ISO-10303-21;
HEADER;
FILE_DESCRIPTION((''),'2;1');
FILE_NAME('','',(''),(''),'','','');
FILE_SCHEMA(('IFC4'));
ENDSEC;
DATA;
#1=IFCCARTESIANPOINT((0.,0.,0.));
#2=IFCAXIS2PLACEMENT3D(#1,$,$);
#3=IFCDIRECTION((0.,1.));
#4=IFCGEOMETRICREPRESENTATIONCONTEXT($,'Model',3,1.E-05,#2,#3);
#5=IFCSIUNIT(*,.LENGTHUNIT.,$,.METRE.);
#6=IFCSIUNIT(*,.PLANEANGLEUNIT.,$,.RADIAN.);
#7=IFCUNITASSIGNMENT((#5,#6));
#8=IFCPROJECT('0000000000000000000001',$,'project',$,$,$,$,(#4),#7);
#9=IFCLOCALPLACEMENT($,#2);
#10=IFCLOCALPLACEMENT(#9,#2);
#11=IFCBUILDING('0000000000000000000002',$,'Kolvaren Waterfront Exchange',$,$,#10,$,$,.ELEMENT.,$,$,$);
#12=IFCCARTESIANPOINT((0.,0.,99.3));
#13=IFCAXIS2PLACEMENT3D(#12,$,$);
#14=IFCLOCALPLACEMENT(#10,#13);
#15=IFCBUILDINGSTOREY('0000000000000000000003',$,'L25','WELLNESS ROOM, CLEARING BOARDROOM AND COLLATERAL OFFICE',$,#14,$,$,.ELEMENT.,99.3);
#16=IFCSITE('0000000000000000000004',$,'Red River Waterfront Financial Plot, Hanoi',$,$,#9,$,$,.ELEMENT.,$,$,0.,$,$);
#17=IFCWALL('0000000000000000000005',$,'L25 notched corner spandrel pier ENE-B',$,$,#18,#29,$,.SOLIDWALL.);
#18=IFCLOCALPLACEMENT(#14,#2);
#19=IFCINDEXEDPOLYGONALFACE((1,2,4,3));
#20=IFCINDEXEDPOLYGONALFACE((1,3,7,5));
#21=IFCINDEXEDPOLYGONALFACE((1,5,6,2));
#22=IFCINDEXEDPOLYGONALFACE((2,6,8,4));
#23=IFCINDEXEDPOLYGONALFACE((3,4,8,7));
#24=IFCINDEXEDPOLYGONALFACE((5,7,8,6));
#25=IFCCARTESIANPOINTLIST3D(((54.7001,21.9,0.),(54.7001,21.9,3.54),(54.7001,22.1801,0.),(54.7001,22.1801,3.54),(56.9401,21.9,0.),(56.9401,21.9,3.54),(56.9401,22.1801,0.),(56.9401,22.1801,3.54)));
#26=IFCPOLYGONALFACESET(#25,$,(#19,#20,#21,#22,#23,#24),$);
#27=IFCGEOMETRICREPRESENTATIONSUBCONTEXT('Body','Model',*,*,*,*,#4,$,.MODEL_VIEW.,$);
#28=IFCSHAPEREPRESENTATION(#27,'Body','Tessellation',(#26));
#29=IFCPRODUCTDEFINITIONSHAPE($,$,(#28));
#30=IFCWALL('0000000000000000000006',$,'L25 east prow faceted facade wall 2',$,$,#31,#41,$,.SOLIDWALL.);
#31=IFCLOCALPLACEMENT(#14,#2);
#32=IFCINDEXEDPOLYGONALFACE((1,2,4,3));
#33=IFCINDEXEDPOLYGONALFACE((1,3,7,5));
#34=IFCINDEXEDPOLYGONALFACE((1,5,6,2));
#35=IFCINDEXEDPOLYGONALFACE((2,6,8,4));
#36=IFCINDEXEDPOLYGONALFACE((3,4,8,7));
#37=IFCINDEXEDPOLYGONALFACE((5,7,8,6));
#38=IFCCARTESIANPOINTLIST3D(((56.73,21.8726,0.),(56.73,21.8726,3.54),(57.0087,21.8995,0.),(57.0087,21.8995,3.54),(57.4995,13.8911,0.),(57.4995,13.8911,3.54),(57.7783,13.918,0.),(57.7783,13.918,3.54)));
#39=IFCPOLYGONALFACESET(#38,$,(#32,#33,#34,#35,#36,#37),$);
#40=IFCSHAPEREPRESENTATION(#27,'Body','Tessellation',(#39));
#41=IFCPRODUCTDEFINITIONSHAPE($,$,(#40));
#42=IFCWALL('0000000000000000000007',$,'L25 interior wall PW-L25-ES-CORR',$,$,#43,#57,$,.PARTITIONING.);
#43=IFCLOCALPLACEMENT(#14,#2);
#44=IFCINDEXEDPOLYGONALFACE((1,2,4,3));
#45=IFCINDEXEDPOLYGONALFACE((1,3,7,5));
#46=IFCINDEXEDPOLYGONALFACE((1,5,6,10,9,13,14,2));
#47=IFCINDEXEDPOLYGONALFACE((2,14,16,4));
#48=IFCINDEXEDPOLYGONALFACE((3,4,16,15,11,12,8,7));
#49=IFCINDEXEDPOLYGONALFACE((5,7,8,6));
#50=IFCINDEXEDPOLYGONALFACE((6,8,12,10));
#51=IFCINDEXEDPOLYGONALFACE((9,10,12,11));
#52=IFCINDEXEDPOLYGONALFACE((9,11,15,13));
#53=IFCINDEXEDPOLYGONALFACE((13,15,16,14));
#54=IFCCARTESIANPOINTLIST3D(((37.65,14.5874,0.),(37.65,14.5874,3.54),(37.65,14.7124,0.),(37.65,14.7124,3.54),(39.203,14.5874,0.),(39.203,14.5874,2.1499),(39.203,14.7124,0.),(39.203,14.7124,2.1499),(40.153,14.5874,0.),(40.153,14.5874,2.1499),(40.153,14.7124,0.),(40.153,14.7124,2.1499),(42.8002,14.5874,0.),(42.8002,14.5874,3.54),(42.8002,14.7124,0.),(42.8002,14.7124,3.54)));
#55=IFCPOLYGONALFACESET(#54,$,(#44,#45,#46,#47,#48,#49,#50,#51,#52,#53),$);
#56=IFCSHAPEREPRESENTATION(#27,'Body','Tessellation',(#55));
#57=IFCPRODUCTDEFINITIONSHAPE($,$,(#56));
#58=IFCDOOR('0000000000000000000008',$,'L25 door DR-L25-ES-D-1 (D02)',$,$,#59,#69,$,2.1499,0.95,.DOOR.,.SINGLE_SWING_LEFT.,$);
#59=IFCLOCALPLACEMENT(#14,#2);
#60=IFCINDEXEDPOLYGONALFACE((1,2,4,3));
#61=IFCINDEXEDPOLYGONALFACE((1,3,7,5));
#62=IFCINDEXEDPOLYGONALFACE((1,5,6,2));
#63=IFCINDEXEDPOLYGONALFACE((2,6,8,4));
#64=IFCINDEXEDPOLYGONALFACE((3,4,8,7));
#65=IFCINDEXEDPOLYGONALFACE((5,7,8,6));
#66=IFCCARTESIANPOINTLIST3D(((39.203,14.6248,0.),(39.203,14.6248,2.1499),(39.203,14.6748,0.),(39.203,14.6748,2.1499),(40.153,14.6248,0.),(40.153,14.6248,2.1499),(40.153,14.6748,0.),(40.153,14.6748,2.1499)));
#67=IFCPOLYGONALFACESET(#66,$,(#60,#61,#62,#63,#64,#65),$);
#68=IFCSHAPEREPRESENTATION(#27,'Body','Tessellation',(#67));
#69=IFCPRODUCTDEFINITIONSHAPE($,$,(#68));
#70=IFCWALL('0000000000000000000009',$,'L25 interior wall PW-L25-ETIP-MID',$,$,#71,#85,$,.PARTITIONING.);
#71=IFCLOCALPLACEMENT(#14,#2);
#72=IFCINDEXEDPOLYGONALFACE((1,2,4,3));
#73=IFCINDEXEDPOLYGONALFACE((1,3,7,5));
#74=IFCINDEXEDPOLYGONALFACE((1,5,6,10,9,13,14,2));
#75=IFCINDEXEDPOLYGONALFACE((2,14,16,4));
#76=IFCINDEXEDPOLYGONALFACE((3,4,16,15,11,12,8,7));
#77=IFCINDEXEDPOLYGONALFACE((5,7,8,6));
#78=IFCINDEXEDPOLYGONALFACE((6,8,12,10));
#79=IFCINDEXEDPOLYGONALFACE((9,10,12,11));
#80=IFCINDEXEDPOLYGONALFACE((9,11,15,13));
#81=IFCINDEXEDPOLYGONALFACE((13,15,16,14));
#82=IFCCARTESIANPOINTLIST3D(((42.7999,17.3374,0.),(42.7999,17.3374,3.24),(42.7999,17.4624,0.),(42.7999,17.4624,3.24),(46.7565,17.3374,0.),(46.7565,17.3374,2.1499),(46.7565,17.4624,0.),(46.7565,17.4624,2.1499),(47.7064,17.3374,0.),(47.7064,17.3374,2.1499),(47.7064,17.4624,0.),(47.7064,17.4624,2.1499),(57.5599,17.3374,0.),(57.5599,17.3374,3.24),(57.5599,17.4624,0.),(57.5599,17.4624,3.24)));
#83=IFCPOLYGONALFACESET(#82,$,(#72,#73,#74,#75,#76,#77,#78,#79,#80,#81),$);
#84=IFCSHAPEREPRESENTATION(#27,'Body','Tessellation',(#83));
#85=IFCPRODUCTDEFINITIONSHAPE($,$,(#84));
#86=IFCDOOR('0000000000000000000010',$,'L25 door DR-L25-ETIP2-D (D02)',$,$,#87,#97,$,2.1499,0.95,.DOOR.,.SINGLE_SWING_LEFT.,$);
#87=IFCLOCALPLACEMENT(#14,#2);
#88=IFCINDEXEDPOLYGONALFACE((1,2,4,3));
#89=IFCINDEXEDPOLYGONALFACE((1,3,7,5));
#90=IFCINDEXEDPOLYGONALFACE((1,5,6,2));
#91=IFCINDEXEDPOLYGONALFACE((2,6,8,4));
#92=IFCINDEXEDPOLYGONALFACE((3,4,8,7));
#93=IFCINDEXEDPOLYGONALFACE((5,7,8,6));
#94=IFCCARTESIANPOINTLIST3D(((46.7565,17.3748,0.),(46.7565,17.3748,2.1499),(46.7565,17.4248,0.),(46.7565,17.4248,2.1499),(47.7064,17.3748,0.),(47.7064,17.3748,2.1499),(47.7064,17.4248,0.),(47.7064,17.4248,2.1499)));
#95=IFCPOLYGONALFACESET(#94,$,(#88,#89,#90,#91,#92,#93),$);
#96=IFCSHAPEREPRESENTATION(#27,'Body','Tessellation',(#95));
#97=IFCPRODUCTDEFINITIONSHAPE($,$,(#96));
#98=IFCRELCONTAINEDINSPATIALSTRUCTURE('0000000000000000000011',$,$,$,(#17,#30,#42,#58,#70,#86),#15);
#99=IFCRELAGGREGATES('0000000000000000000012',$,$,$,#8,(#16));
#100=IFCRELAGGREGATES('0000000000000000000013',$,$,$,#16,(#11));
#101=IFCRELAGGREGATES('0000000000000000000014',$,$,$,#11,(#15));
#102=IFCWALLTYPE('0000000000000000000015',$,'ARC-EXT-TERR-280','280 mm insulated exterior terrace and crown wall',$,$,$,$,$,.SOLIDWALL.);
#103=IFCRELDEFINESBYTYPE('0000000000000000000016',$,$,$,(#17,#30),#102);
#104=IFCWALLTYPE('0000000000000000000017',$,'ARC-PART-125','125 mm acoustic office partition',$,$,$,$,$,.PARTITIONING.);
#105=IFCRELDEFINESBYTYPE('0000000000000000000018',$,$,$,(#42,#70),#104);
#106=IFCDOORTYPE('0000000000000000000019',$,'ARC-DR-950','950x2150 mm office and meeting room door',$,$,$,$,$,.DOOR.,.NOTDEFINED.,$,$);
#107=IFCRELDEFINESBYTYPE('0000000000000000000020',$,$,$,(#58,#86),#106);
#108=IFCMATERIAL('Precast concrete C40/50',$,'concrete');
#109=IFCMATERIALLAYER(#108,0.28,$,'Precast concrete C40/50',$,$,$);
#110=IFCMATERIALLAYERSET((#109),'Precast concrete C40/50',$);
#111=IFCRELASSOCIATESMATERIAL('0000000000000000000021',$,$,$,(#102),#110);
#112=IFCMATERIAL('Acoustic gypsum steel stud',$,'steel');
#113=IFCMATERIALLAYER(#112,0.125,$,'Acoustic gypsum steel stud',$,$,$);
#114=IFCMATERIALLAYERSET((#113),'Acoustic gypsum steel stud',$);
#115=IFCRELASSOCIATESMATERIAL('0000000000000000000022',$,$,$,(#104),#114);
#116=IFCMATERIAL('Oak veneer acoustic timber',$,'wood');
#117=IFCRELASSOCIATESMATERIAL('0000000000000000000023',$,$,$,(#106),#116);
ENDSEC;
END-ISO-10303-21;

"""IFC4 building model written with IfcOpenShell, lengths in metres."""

from ifc_helpers import new_model, si_unit, direction, frame, frame_2d, origin, place, context, subcontext, project, spatial, rectangle, extrude, material, layer, layer_set, type_object, element, fill, save


model = new_model("IFC4")

# Units and contexts
model_context = context("Model", 3, precision=1e-05, world=origin(), true_north=direction((0.0, 1.0)))
body_context = subcontext(model_context, "Body", "Model", "MODEL_VIEW")
ifc_project = project(units=[si_unit("LENGTHUNIT", "METRE"), si_unit("PLANEANGLEUNIT", "RADIAN")], contexts=[model_context])

# Site, building, storey
site_placement = place(None, origin())
site = spatial("IfcSite", under=ifc_project, at=site_placement, Name="Red River Waterfront Financial Plot, Hanoi", CompositionType="ELEMENT", RefElevation=0.0)
building_placement = place(site_placement, origin())
building = spatial("IfcBuilding", under=site, at=building_placement, Name="Kolvaren Waterfront Exchange", CompositionType="ELEMENT")
storey_placement = place(building_placement, frame((0.0, 0.0, 99.3)))
storey = spatial("IfcBuildingStorey", under=building, at=storey_placement, Name="L25", Description="WELLNESS ROOM, CLEARING BOARDROOM AND COLLATERAL OFFICE", CompositionType="ELEMENT", Elevation=99.3)

# Walls
ifc_material_1 = material(Name="Precast concrete C40/50", Category="concrete")
ifc_layer_1 = layer(ifc_material_1, 0.28, Name="Precast concrete C40/50")
ifc_layer_set_1 = layer_set([ifc_layer_1], Name="Precast concrete C40/50")
wall_type_1 = type_object("IfcWallType", Name="ARC-EXT-TERR-280", Description="280 mm insulated exterior terrace and crown wall", PredefinedType="SOLIDWALL", material=ifc_layer_set_1)
wall_1_placement = place(storey_placement, frame((54.7, 22.04, 0.0), z_axis=(0.0, 0.0, 1.0), x_axis=(1.0, 0.0, 0.0)))
element("IfcWall", 1, at=wall_1_placement, inside=storey, type_object=wall_type_1, Name="L25 notched corner spandrel pier ENE-B", PredefinedType="SOLIDWALL", context=body_context, shape_type="SweptSolid", body=[
    extrude(rectangle(XDim=2.24, YDim=0.28, at=frame_2d((1.1201, 0.0))), origin(), (0.0, 0.0, 1.0), 3.54),
])
wall_2_placement = place(storey_placement, frame((57.6389, 13.9045, 0.0), z_axis=(0.0, 0.0, 1.0), x_axis=(-0.09597, 0.995384, 0.0)))
element("IfcWall", 2, at=wall_2_placement, inside=storey, type_object=wall_type_1, Name="L25 east prow faceted facade wall 2", PredefinedType="SOLIDWALL", context=body_context, shape_type="SweptSolid", body=[
    extrude(rectangle(XDim=8.0186, YDim=0.28, at=frame_2d((4.0093, 0.0))), origin(), (0.0, 0.0, 1.0), 3.54),
])

# Walls, openings, doors
ifc_material_2 = material(Name="Acoustic gypsum steel stud", Category="steel")
ifc_layer_2 = layer(ifc_material_2, 0.125, Name="Acoustic gypsum steel stud")
ifc_layer_set_2 = layer_set([ifc_layer_2], Name="Acoustic gypsum steel stud")
wall_type_2 = type_object("IfcWallType", Name="ARC-PART-125", Description="125 mm acoustic office partition", PredefinedType="PARTITIONING", material=ifc_layer_set_2)
wall_3_placement = place(storey_placement, frame((37.6499, 14.6499, 0.0), z_axis=(0.0, 0.0, 1.0), x_axis=(1.0, 0.0, 0.0)))
wall_3 = element("IfcWall", 3, at=wall_3_placement, inside=storey, type_object=wall_type_2, Name="L25 interior wall PW-L25-ES-CORR", PredefinedType="PARTITIONING", context=body_context, shape_type="SweptSolid", body=[
    extrude(rectangle(XDim=5.1501, YDim=0.125, at=frame_2d((2.5752, 0.0))), origin(), (0.0, 0.0, 1.0), 3.54),
])
opening_1_placement = place(wall_3_placement, frame((1.553, 0.0, 0.0)))
opening_1 = element("IfcOpeningElement", 4, at=opening_1_placement, cuts=wall_3, PredefinedType="OPENING", context=body_context, shape_type="SweptSolid", body=[
    extrude(rectangle(XDim=0.95, YDim=2.1499, at=frame_2d((0.4751, 1.075))), frame((0.0, 0.0725, 0.0), z_axis=(0.0, -1.0, 0.0), x_axis=(1.0, 0.0, 0.0)), (0.0, 0.0, 1.0), 0.145),
])
ifc_material_3 = material(Name="Oak veneer acoustic timber", Category="wood")
door_type = type_object("IfcDoorType", Name="ARC-DR-950", Description="950x2150 mm office and meeting room door", OperationType="NOTDEFINED", PredefinedType="DOOR", material=ifc_material_3)
door_1_placement = place(opening_1_placement, origin())
door_1 = element("IfcDoor", 5, at=door_1_placement, inside=storey, type_object=door_type, Name="L25 door DR-L25-ES-D-1 (D02)", OperationType="SINGLE_SWING_LEFT", OverallHeight=2.1499, OverallWidth=0.95, PredefinedType="DOOR", context=body_context, shape_type="SweptSolid", body=[
    extrude(rectangle(XDim=0.95, YDim=2.1499, at=frame_2d((0.4751, 1.075))), frame((0.0, 0.0249, 0.0), z_axis=(0.0, -1.0, 0.0), x_axis=(1.0, 0.0, 0.0)), (0.0, 0.0, 1.0), 0.05),
])
fill(opening_1, door_1)
wall_4_placement = place(storey_placement, frame((42.8, 17.3999, 0.0), z_axis=(0.0, 0.0, 1.0), x_axis=(1.0, 0.0, 0.0)))
wall_4 = element("IfcWall", 6, at=wall_4_placement, inside=storey, type_object=wall_type_2, Name="L25 interior wall PW-L25-ETIP-MID", PredefinedType="PARTITIONING", context=body_context, shape_type="SweptSolid", body=[
    extrude(rectangle(XDim=14.76, YDim=0.125, at=frame_2d((7.3799, 0.0))), origin(), (0.0, 0.0, 1.0), 3.24),
])
opening_2_placement = place(wall_4_placement, frame((3.9563, 0.0, 0.0)))
opening_2 = element("IfcOpeningElement", 7, at=opening_2_placement, cuts=wall_4, PredefinedType="OPENING", context=body_context, shape_type="SweptSolid", body=[
    extrude(rectangle(XDim=0.95, YDim=2.1499, at=frame_2d((0.4751, 1.075))), frame((0.0, 0.0725, 0.0), z_axis=(0.0, -1.0, 0.0), x_axis=(1.0, 0.0, 0.0)), (0.0, 0.0, 1.0), 0.145),
])
door_2_placement = place(opening_2_placement, origin())
door_2 = element("IfcDoor", 8, at=door_2_placement, inside=storey, type_object=door_type, Name="L25 door DR-L25-ETIP2-D (D02)", OperationType="SINGLE_SWING_LEFT", OverallHeight=2.1499, OverallWidth=0.95, PredefinedType="DOOR", context=body_context, shape_type="SweptSolid", body=[
    extrude(rectangle(XDim=0.95, YDim=2.1499, at=frame_2d((0.4751, 1.075))), frame((0.0, 0.0249, 0.0), z_axis=(0.0, -1.0, 0.0), x_axis=(1.0, 0.0, 0.0)), (0.0, 0.0, 1.0), 0.05),
])
fill(opening_2, door_2)

save(model, "model.ifc")
